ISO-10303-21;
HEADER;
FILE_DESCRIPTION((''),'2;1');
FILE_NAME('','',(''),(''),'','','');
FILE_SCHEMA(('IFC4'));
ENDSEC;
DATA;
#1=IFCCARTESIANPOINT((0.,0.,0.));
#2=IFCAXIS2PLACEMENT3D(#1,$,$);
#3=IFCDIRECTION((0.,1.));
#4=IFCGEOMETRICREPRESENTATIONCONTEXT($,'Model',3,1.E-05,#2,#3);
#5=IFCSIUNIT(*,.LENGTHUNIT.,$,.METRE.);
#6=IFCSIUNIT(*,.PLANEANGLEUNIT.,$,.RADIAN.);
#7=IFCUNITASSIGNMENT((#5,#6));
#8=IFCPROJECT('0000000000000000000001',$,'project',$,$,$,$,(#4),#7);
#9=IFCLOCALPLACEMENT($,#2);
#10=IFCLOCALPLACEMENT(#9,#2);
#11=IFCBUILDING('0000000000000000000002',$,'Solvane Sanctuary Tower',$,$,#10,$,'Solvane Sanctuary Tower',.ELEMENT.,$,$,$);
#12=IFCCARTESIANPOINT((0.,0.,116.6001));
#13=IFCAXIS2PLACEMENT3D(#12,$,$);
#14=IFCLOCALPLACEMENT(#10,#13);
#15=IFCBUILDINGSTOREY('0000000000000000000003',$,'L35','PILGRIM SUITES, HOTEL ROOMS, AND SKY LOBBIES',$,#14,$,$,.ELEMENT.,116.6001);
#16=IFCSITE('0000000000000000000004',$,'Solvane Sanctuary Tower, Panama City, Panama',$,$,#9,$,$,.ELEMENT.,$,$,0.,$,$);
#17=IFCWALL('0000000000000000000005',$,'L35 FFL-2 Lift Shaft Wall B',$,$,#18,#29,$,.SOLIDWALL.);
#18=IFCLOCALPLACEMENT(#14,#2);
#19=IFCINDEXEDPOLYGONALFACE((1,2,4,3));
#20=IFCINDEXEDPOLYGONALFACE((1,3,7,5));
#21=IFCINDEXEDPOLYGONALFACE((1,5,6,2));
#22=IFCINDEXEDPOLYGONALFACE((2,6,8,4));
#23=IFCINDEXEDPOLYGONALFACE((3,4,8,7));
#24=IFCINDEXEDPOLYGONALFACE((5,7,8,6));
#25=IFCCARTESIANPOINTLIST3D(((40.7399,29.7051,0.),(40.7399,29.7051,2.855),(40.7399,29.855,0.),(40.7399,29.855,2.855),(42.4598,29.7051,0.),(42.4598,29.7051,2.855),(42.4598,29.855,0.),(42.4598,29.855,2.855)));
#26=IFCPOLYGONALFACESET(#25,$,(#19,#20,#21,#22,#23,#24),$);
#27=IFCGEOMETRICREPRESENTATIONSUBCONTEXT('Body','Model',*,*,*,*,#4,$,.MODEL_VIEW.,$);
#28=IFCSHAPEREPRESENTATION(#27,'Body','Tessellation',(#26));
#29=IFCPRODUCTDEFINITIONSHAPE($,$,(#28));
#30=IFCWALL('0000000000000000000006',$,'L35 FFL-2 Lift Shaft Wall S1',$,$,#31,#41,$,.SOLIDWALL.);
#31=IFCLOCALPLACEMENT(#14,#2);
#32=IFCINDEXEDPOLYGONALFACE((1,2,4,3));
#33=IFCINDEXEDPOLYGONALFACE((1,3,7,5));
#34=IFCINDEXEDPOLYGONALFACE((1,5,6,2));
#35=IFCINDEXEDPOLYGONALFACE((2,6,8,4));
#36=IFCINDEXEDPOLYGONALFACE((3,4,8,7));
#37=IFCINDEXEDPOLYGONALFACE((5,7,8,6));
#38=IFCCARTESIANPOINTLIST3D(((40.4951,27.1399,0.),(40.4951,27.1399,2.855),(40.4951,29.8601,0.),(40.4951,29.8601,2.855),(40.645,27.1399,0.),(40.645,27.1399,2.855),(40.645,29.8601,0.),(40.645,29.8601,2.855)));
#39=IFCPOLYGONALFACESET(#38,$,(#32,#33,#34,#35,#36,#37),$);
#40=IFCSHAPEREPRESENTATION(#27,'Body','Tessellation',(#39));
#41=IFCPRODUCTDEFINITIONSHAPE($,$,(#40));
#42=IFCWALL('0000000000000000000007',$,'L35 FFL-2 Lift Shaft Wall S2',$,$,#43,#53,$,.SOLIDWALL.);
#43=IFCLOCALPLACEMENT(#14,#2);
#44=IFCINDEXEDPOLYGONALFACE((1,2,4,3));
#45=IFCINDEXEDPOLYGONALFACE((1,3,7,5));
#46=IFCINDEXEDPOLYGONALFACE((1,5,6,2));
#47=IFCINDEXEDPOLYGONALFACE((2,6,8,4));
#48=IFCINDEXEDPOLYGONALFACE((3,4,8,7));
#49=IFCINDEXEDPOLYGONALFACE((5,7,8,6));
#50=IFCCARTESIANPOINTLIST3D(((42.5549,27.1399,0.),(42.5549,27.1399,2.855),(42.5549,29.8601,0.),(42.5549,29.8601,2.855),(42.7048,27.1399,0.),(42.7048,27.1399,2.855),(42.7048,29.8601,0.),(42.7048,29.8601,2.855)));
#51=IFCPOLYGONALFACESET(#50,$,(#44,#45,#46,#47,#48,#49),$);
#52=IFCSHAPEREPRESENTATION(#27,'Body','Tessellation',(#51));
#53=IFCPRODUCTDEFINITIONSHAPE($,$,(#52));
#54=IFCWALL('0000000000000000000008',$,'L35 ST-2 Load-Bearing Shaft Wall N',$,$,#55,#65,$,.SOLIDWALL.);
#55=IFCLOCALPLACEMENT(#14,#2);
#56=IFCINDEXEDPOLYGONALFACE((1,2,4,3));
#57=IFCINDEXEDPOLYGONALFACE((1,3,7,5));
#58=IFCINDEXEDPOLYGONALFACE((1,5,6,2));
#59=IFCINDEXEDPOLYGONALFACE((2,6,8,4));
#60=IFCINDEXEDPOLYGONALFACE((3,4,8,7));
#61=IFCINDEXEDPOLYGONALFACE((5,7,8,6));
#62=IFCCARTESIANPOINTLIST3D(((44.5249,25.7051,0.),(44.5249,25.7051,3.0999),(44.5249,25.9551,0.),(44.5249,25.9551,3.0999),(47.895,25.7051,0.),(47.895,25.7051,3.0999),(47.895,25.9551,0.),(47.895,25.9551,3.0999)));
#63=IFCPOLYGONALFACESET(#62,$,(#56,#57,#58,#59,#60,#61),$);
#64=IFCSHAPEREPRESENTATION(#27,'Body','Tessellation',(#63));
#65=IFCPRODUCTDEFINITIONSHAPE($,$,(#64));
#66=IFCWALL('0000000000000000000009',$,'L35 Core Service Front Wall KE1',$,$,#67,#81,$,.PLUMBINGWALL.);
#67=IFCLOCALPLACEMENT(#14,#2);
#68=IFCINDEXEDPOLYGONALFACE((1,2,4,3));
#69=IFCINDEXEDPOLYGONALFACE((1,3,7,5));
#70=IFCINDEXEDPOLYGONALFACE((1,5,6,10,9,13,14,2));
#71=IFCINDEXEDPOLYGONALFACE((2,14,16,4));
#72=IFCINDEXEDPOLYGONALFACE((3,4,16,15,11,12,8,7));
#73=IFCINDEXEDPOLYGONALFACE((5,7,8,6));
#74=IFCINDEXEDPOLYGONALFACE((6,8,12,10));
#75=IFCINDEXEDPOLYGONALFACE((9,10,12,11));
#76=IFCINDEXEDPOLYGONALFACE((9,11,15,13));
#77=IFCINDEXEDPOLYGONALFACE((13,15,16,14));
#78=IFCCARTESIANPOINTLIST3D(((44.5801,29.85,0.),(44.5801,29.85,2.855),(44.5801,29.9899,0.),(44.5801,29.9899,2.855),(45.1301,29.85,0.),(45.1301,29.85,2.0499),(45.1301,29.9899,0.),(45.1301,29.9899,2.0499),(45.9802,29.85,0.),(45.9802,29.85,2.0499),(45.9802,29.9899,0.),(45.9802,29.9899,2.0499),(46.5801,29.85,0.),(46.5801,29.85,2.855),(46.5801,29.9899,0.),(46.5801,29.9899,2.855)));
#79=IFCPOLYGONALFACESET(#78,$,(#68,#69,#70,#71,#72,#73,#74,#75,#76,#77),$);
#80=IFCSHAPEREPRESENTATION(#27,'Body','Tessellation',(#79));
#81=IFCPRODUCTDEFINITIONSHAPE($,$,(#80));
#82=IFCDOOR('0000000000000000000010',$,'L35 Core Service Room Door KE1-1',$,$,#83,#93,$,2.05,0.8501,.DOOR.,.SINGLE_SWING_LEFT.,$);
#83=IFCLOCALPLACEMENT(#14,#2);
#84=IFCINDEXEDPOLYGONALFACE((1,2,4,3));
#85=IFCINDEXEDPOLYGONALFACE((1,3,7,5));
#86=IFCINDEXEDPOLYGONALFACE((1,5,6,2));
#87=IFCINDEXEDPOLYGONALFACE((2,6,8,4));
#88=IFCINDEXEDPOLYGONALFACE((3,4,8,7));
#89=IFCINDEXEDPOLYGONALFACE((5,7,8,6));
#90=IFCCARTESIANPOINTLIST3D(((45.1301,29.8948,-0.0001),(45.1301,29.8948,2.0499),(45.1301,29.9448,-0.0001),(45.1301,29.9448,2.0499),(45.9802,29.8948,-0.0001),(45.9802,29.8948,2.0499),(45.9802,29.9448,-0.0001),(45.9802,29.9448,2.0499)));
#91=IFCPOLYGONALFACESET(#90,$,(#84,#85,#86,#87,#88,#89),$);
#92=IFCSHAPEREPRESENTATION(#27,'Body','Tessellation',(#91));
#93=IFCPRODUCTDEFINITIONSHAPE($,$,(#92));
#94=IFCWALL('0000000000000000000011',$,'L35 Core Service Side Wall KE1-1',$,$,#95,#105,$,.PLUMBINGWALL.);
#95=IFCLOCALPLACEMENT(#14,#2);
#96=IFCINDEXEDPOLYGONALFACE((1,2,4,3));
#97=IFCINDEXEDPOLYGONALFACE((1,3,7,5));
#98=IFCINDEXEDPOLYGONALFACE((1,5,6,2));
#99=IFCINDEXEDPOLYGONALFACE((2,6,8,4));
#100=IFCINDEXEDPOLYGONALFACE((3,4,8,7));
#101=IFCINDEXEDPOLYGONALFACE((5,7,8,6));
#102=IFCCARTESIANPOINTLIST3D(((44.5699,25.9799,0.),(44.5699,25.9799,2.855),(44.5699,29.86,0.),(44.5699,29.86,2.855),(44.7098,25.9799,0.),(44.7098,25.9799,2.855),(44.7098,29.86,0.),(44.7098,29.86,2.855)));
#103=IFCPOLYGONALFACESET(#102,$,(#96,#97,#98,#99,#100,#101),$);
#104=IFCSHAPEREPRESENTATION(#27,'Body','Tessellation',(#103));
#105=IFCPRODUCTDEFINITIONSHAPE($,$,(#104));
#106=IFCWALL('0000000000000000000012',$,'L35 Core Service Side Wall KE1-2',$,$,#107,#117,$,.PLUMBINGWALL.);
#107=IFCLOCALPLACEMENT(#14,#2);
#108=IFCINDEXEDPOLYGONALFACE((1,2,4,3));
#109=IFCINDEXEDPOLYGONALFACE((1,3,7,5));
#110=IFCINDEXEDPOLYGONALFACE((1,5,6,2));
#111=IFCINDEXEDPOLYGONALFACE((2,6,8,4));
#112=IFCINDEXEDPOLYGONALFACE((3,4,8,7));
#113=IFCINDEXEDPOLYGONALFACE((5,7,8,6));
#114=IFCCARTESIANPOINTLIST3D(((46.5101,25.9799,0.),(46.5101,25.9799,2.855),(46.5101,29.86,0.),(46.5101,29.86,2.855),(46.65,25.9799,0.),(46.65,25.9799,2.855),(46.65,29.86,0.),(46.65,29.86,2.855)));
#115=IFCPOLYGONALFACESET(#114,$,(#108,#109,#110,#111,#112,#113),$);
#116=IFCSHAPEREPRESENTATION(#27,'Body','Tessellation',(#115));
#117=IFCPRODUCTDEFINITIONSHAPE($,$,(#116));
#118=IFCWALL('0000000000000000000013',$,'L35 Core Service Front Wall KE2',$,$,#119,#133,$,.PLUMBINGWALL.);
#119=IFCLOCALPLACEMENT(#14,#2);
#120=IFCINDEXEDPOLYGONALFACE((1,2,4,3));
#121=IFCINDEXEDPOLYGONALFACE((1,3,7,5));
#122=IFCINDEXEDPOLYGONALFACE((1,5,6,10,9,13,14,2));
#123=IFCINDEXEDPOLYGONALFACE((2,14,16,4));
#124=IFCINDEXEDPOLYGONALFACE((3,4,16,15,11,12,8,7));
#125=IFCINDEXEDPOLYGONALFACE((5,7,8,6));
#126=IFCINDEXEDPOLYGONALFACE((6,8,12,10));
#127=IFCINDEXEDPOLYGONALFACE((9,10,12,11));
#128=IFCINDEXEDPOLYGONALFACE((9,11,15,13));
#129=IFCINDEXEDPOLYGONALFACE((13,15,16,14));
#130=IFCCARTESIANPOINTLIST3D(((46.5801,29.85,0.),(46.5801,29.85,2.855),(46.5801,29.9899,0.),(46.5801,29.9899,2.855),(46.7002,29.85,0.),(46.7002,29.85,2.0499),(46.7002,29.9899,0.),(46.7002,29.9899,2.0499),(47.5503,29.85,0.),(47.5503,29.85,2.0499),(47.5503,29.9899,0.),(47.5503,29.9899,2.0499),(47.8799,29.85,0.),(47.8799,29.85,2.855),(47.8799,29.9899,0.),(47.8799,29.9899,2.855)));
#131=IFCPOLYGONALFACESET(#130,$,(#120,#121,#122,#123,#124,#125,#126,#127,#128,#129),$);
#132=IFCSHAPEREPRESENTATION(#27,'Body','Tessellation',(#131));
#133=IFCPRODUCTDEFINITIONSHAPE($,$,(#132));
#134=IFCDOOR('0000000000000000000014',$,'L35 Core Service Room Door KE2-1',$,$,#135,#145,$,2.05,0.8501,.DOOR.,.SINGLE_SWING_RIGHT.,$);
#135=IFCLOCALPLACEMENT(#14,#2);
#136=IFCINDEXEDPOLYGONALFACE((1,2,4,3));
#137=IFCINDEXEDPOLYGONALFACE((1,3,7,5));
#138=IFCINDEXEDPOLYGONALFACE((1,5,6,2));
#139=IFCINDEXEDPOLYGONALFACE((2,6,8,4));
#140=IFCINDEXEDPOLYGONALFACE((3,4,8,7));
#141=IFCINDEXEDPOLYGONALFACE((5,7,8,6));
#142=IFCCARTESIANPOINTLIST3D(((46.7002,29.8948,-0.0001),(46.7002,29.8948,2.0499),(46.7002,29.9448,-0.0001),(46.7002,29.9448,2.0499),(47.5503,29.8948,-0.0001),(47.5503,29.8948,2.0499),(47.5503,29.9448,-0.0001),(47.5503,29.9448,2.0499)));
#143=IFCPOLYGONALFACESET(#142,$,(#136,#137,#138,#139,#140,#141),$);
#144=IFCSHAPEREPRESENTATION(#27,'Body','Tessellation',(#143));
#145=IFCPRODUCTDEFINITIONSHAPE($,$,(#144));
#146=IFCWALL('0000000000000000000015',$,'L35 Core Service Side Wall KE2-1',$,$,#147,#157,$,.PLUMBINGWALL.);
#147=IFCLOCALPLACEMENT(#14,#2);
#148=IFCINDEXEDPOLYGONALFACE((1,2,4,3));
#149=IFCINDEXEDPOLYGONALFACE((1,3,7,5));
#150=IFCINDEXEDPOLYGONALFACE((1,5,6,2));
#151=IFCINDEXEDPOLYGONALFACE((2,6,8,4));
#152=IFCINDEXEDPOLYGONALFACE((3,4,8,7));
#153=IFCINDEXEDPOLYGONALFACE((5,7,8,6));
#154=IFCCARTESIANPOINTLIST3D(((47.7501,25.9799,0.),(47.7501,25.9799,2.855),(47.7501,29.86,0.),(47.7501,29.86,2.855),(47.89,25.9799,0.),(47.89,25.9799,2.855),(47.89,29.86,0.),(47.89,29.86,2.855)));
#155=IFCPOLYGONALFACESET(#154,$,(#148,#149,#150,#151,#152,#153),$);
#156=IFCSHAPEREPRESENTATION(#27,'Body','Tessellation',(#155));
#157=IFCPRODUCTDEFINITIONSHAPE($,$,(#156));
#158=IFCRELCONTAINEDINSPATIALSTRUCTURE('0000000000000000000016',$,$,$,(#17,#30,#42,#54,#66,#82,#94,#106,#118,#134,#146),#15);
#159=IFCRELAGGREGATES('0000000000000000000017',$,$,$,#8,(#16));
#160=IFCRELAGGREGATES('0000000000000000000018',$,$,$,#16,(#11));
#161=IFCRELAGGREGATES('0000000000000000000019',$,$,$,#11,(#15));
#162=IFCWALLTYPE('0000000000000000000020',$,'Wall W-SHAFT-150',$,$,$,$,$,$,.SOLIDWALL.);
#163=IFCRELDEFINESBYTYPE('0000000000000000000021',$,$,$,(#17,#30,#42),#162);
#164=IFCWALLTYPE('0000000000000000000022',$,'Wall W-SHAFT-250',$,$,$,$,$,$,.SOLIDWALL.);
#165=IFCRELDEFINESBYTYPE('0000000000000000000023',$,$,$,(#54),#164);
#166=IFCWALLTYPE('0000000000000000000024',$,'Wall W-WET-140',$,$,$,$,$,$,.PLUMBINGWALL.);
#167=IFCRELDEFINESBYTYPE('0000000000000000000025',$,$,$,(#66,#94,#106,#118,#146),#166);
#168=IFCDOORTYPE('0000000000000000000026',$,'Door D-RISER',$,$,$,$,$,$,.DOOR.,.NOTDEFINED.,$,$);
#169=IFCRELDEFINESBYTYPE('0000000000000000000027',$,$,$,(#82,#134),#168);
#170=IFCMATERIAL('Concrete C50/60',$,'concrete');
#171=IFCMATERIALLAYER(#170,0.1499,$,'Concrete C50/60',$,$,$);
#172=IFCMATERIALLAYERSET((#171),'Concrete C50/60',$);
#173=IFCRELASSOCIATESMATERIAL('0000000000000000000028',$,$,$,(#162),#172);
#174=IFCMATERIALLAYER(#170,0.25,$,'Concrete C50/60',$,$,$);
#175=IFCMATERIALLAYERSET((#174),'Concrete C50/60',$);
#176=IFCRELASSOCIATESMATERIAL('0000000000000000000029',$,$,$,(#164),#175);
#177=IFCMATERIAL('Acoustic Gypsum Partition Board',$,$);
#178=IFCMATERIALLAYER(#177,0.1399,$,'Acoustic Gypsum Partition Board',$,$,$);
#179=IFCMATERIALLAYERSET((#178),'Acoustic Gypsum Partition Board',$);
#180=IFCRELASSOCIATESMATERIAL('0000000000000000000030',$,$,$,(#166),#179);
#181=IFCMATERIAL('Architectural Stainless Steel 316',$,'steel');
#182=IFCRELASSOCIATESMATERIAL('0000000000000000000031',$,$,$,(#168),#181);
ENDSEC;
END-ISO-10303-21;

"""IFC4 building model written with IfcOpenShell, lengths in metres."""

from ifc_helpers import new_model, si_unit, direction, frame, frame_2d, origin, place, context, subcontext, project, spatial, rectangle, extrude, material, layer, layer_set, type_object, element, fill, save


model = new_model("IFC4")

# Units and contexts
model_context = context("Model", 3, precision=1e-05, world=origin(), true_north=direction((0.0, 1.0)))
body_context = subcontext(model_context, "Body", "Model", "MODEL_VIEW")
ifc_project = project(units=[si_unit("LENGTHUNIT", "METRE"), si_unit("PLANEANGLEUNIT", "RADIAN")], contexts=[model_context])

# Site, building, storey
site_placement = place(None, origin())
site = spatial("IfcSite", under=ifc_project, at=site_placement, Name="Solvane Sanctuary Tower, Panama City, Panama", CompositionType="ELEMENT", RefElevation=0.0)
building_placement = place(site_placement, origin())
building = spatial("IfcBuilding", under=site, at=building_placement, Name="Solvane Sanctuary Tower", LongName="Solvane Sanctuary Tower", CompositionType="ELEMENT")
storey_placement = place(building_placement, frame((0.0, 0.0, 116.6001)))
storey = spatial("IfcBuildingStorey", under=building, at=storey_placement, Name="L35", Description="PILGRIM SUITES, HOTEL ROOMS, AND SKY LOBBIES", CompositionType="ELEMENT", Elevation=116.6001)

# Shared definitions
ifc_material_1 = material(Name="Acoustic Gypsum Partition Board")

# Shared definitions
ifc_material_2 = material(Name="Concrete C50/60", Category="concrete")
ifc_layer_1 = layer(ifc_material_2, 0.1499, Name="Concrete C50/60")
ifc_layer_set_1 = layer_set([ifc_layer_1], Name="Concrete C50/60")
wall_type_1 = type_object("IfcWallType", Name="Wall W-SHAFT-150", PredefinedType="SOLIDWALL", material=ifc_layer_set_1)

# Shared definitions
ifc_material_3 = material(Name="Architectural Stainless Steel 316", Category="steel")

# Walls
wall_1_placement = place(storey_placement, frame((40.74, 29.78, 0.0), z_axis=(0.0, 0.0, 1.0), x_axis=(1.0, 0.0, 0.0)))
element("IfcWall", 1, at=wall_1_placement, inside=storey, type_object=wall_type_1, Name="L35 FFL-2 Lift Shaft Wall B", PredefinedType="SOLIDWALL", context=body_context, shape_type="SweptSolid", body=[
    extrude(rectangle(XDim=1.72, YDim=0.1499, at=frame_2d((0.8599, 0.0))), origin(), (0.0, 0.0, 1.0), 2.855),
])
for number, where, z_axis, x_axis, name in (
    (2, (40.5701, 27.1399, 0.0), (0.0, 0.0, 1.0), (0.0, 1.0, 0.0), "L35 FFL-2 Lift Shaft Wall S1"),
    (3, (42.6299, 27.1399, 0.0), (0.0, 0.0, 1.0), (0.0, 1.0, 0.0), "L35 FFL-2 Lift Shaft Wall S2"),
):
    element("IfcWall", number, at=place(storey_placement, frame(where, z_axis=z_axis, x_axis=x_axis)), inside=storey, type_object=wall_type_1, Name=name, PredefinedType="SOLIDWALL", context=body_context, shape_type="SweptSolid", body=[
        extrude(rectangle(XDim=2.7202, YDim=0.1499, at=frame_2d((1.3601, 0.0))), origin(), (0.0, 0.0, 1.0), 2.855),
    ])
ifc_layer_2 = layer(ifc_material_2, 0.25, Name="Concrete C50/60")
ifc_layer_set_2 = layer_set([ifc_layer_2], Name="Concrete C50/60")
wall_type_2 = type_object("IfcWallType", Name="Wall W-SHAFT-250", PredefinedType="SOLIDWALL", material=ifc_layer_set_2)
wall_2_placement = place(storey_placement, frame((44.5249, 25.8301, 0.0), z_axis=(0.0, 0.0, 1.0), x_axis=(1.0, 0.0, 0.0)))
element("IfcWall", 4, at=wall_2_placement, inside=storey, type_object=wall_type_2, Name="L35 ST-2 Load-Bearing Shaft Wall N", PredefinedType="SOLIDWALL", context=body_context, shape_type="SweptSolid", body=[
    extrude(rectangle(XDim=3.3701, YDim=0.25, at=frame_2d((1.6851, 0.0))), origin(), (0.0, 0.0, 1.0), 3.0999),
])

# Wall, opening, door
ifc_layer_3 = layer(ifc_material_1, 0.1399, Name="Acoustic Gypsum Partition Board")
ifc_layer_set_3 = layer_set([ifc_layer_3], Name="Acoustic Gypsum Partition Board")
wall_type_3 = type_object("IfcWallType", Name="Wall W-WET-140", PredefinedType="PLUMBINGWALL", material=ifc_layer_set_3)
wall_3_placement = place(storey_placement, frame((44.5801, 29.9199, 0.0), z_axis=(0.0, 0.0, 1.0), x_axis=(1.0, 0.0, 0.0)))
wall_3 = element("IfcWall", 5, at=wall_3_placement, inside=storey, type_object=wall_type_3, Name="L35 Core Service Front Wall KE1", PredefinedType="PLUMBINGWALL", context=body_context, shape_type="SweptSolid", body=[
    extrude(rectangle(XDim=2.0, YDim=0.1399, at=frame_2d((1.0, 0.0))), origin(), (0.0, 0.0, 1.0), 2.855),
])
opening_1_placement = place(wall_3_placement, frame((0.55, 0.0, 0.0)))
opening_1 = element("IfcOpeningElement", 6, at=opening_1_placement, cuts=wall_3, PredefinedType="OPENING", context=body_context, shape_type="SweptSolid", body=[
    extrude(rectangle(XDim=0.8501, YDim=2.05, at=frame_2d((0.425, 1.0249))), frame((0.0, 0.0798, 0.0), z_axis=(0.0, -1.0, 0.0), x_axis=(1.0, 0.0, 0.0)), (0.0, 0.0, 1.0), 0.1599),
])
door_type_1 = type_object("IfcDoorType", Name="Door D-RISER", OperationType="NOTDEFINED", PredefinedType="DOOR", material=ifc_material_3)
door_1_placement = place(opening_1_placement, origin())
door_1 = element("IfcDoor", 7, at=door_1_placement, inside=storey, type_object=door_type_1, Name="L35 Core Service Room Door KE1-1", OperationType="SINGLE_SWING_LEFT", OverallHeight=2.05, OverallWidth=0.8501, PredefinedType="DOOR", context=body_context, shape_type="SweptSolid", body=[
    extrude(rectangle(XDim=0.8501, YDim=2.05, at=frame_2d((0.425, 1.0249))), frame((0.0, 0.0249, 0.0), z_axis=(0.0, -1.0, 0.0), x_axis=(1.0, 0.0, 0.0)), (0.0, 0.0, 1.0), 0.05),
])
fill(opening_1, door_1)

# Walls
for number, where, z_axis, x_axis, name in (
    (8, (44.6399, 25.98, 0.0), (0.0, 0.0, 1.0), (0.0, 1.0, 0.0), "L35 Core Service Side Wall KE1-1"),
    (9, (46.5801, 25.98, 0.0), (0.0, 0.0, 1.0), (0.0, 1.0, 0.0), "L35 Core Service Side Wall KE1-2"),
):
    element("IfcWall", number, at=place(storey_placement, frame(where, z_axis=z_axis, x_axis=x_axis)), inside=storey, type_object=wall_type_3, Name=name, PredefinedType="PLUMBINGWALL", context=body_context, shape_type="SweptSolid", body=[
        extrude(rectangle(XDim=3.8801, YDim=0.1399, at=frame_2d((1.9399, 0.0))), origin(), (0.0, 0.0, 1.0), 2.855),
    ])

# Wall, opening, door
wall_4_placement = place(storey_placement, frame((46.5801, 29.9199, 0.0), z_axis=(0.0, 0.0, 1.0), x_axis=(1.0, 0.0, 0.0)))
wall_4 = element("IfcWall", 10, at=wall_4_placement, inside=storey, type_object=wall_type_3, Name="L35 Core Service Front Wall KE2", PredefinedType="PLUMBINGWALL", context=body_context, shape_type="SweptSolid", body=[
    extrude(rectangle(XDim=1.2998, YDim=0.1399, at=frame_2d((0.6499, 0.0))), origin(), (0.0, 0.0, 1.0), 2.855),
])
opening_2_placement = place(wall_4_placement, frame((0.1201, 0.0, 0.0)))
opening_2 = element("IfcOpeningElement", 11, at=opening_2_placement, cuts=wall_4, PredefinedType="OPENING", context=body_context, shape_type="SweptSolid", body=[
    extrude(rectangle(XDim=0.8501, YDim=2.05, at=frame_2d((0.425, 1.0249))), frame((0.0, 0.0798, 0.0), z_axis=(0.0, -1.0, 0.0), x_axis=(1.0, 0.0, 0.0)), (0.0, 0.0, 1.0), 0.1599),
])
door_2_placement = place(opening_2_placement, origin())
door_2 = element("IfcDoor", 12, at=door_2_placement, inside=storey, type_object=door_type_1, Name="L35 Core Service Room Door KE2-1", OperationType="SINGLE_SWING_RIGHT", OverallHeight=2.05, OverallWidth=0.8501, PredefinedType="DOOR", context=body_context, shape_type="SweptSolid", body=[
    extrude(rectangle(XDim=0.8501, YDim=2.05, at=frame_2d((0.425, 1.0249))), frame((0.0, 0.0249, 0.0), z_axis=(0.0, -1.0, 0.0), x_axis=(1.0, 0.0, 0.0)), (0.0, 0.0, 1.0), 0.05),
])
fill(opening_2, door_2)

# Wall
wall_5_placement = place(storey_placement, frame((47.8201, 25.98, 0.0), z_axis=(0.0, 0.0, 1.0), x_axis=(0.0, 1.0, 0.0)))
element("IfcWall", 13, at=wall_5_placement, inside=storey, type_object=wall_type_3, Name="L35 Core Service Side Wall KE2-1", PredefinedType="PLUMBINGWALL", context=body_context, shape_type="SweptSolid", body=[
    extrude(rectangle(XDim=3.8801, YDim=0.1399, at=frame_2d((1.9399, 0.0))), origin(), (0.0, 0.0, 1.0), 2.855),
])

save(model, "model.ifc")
